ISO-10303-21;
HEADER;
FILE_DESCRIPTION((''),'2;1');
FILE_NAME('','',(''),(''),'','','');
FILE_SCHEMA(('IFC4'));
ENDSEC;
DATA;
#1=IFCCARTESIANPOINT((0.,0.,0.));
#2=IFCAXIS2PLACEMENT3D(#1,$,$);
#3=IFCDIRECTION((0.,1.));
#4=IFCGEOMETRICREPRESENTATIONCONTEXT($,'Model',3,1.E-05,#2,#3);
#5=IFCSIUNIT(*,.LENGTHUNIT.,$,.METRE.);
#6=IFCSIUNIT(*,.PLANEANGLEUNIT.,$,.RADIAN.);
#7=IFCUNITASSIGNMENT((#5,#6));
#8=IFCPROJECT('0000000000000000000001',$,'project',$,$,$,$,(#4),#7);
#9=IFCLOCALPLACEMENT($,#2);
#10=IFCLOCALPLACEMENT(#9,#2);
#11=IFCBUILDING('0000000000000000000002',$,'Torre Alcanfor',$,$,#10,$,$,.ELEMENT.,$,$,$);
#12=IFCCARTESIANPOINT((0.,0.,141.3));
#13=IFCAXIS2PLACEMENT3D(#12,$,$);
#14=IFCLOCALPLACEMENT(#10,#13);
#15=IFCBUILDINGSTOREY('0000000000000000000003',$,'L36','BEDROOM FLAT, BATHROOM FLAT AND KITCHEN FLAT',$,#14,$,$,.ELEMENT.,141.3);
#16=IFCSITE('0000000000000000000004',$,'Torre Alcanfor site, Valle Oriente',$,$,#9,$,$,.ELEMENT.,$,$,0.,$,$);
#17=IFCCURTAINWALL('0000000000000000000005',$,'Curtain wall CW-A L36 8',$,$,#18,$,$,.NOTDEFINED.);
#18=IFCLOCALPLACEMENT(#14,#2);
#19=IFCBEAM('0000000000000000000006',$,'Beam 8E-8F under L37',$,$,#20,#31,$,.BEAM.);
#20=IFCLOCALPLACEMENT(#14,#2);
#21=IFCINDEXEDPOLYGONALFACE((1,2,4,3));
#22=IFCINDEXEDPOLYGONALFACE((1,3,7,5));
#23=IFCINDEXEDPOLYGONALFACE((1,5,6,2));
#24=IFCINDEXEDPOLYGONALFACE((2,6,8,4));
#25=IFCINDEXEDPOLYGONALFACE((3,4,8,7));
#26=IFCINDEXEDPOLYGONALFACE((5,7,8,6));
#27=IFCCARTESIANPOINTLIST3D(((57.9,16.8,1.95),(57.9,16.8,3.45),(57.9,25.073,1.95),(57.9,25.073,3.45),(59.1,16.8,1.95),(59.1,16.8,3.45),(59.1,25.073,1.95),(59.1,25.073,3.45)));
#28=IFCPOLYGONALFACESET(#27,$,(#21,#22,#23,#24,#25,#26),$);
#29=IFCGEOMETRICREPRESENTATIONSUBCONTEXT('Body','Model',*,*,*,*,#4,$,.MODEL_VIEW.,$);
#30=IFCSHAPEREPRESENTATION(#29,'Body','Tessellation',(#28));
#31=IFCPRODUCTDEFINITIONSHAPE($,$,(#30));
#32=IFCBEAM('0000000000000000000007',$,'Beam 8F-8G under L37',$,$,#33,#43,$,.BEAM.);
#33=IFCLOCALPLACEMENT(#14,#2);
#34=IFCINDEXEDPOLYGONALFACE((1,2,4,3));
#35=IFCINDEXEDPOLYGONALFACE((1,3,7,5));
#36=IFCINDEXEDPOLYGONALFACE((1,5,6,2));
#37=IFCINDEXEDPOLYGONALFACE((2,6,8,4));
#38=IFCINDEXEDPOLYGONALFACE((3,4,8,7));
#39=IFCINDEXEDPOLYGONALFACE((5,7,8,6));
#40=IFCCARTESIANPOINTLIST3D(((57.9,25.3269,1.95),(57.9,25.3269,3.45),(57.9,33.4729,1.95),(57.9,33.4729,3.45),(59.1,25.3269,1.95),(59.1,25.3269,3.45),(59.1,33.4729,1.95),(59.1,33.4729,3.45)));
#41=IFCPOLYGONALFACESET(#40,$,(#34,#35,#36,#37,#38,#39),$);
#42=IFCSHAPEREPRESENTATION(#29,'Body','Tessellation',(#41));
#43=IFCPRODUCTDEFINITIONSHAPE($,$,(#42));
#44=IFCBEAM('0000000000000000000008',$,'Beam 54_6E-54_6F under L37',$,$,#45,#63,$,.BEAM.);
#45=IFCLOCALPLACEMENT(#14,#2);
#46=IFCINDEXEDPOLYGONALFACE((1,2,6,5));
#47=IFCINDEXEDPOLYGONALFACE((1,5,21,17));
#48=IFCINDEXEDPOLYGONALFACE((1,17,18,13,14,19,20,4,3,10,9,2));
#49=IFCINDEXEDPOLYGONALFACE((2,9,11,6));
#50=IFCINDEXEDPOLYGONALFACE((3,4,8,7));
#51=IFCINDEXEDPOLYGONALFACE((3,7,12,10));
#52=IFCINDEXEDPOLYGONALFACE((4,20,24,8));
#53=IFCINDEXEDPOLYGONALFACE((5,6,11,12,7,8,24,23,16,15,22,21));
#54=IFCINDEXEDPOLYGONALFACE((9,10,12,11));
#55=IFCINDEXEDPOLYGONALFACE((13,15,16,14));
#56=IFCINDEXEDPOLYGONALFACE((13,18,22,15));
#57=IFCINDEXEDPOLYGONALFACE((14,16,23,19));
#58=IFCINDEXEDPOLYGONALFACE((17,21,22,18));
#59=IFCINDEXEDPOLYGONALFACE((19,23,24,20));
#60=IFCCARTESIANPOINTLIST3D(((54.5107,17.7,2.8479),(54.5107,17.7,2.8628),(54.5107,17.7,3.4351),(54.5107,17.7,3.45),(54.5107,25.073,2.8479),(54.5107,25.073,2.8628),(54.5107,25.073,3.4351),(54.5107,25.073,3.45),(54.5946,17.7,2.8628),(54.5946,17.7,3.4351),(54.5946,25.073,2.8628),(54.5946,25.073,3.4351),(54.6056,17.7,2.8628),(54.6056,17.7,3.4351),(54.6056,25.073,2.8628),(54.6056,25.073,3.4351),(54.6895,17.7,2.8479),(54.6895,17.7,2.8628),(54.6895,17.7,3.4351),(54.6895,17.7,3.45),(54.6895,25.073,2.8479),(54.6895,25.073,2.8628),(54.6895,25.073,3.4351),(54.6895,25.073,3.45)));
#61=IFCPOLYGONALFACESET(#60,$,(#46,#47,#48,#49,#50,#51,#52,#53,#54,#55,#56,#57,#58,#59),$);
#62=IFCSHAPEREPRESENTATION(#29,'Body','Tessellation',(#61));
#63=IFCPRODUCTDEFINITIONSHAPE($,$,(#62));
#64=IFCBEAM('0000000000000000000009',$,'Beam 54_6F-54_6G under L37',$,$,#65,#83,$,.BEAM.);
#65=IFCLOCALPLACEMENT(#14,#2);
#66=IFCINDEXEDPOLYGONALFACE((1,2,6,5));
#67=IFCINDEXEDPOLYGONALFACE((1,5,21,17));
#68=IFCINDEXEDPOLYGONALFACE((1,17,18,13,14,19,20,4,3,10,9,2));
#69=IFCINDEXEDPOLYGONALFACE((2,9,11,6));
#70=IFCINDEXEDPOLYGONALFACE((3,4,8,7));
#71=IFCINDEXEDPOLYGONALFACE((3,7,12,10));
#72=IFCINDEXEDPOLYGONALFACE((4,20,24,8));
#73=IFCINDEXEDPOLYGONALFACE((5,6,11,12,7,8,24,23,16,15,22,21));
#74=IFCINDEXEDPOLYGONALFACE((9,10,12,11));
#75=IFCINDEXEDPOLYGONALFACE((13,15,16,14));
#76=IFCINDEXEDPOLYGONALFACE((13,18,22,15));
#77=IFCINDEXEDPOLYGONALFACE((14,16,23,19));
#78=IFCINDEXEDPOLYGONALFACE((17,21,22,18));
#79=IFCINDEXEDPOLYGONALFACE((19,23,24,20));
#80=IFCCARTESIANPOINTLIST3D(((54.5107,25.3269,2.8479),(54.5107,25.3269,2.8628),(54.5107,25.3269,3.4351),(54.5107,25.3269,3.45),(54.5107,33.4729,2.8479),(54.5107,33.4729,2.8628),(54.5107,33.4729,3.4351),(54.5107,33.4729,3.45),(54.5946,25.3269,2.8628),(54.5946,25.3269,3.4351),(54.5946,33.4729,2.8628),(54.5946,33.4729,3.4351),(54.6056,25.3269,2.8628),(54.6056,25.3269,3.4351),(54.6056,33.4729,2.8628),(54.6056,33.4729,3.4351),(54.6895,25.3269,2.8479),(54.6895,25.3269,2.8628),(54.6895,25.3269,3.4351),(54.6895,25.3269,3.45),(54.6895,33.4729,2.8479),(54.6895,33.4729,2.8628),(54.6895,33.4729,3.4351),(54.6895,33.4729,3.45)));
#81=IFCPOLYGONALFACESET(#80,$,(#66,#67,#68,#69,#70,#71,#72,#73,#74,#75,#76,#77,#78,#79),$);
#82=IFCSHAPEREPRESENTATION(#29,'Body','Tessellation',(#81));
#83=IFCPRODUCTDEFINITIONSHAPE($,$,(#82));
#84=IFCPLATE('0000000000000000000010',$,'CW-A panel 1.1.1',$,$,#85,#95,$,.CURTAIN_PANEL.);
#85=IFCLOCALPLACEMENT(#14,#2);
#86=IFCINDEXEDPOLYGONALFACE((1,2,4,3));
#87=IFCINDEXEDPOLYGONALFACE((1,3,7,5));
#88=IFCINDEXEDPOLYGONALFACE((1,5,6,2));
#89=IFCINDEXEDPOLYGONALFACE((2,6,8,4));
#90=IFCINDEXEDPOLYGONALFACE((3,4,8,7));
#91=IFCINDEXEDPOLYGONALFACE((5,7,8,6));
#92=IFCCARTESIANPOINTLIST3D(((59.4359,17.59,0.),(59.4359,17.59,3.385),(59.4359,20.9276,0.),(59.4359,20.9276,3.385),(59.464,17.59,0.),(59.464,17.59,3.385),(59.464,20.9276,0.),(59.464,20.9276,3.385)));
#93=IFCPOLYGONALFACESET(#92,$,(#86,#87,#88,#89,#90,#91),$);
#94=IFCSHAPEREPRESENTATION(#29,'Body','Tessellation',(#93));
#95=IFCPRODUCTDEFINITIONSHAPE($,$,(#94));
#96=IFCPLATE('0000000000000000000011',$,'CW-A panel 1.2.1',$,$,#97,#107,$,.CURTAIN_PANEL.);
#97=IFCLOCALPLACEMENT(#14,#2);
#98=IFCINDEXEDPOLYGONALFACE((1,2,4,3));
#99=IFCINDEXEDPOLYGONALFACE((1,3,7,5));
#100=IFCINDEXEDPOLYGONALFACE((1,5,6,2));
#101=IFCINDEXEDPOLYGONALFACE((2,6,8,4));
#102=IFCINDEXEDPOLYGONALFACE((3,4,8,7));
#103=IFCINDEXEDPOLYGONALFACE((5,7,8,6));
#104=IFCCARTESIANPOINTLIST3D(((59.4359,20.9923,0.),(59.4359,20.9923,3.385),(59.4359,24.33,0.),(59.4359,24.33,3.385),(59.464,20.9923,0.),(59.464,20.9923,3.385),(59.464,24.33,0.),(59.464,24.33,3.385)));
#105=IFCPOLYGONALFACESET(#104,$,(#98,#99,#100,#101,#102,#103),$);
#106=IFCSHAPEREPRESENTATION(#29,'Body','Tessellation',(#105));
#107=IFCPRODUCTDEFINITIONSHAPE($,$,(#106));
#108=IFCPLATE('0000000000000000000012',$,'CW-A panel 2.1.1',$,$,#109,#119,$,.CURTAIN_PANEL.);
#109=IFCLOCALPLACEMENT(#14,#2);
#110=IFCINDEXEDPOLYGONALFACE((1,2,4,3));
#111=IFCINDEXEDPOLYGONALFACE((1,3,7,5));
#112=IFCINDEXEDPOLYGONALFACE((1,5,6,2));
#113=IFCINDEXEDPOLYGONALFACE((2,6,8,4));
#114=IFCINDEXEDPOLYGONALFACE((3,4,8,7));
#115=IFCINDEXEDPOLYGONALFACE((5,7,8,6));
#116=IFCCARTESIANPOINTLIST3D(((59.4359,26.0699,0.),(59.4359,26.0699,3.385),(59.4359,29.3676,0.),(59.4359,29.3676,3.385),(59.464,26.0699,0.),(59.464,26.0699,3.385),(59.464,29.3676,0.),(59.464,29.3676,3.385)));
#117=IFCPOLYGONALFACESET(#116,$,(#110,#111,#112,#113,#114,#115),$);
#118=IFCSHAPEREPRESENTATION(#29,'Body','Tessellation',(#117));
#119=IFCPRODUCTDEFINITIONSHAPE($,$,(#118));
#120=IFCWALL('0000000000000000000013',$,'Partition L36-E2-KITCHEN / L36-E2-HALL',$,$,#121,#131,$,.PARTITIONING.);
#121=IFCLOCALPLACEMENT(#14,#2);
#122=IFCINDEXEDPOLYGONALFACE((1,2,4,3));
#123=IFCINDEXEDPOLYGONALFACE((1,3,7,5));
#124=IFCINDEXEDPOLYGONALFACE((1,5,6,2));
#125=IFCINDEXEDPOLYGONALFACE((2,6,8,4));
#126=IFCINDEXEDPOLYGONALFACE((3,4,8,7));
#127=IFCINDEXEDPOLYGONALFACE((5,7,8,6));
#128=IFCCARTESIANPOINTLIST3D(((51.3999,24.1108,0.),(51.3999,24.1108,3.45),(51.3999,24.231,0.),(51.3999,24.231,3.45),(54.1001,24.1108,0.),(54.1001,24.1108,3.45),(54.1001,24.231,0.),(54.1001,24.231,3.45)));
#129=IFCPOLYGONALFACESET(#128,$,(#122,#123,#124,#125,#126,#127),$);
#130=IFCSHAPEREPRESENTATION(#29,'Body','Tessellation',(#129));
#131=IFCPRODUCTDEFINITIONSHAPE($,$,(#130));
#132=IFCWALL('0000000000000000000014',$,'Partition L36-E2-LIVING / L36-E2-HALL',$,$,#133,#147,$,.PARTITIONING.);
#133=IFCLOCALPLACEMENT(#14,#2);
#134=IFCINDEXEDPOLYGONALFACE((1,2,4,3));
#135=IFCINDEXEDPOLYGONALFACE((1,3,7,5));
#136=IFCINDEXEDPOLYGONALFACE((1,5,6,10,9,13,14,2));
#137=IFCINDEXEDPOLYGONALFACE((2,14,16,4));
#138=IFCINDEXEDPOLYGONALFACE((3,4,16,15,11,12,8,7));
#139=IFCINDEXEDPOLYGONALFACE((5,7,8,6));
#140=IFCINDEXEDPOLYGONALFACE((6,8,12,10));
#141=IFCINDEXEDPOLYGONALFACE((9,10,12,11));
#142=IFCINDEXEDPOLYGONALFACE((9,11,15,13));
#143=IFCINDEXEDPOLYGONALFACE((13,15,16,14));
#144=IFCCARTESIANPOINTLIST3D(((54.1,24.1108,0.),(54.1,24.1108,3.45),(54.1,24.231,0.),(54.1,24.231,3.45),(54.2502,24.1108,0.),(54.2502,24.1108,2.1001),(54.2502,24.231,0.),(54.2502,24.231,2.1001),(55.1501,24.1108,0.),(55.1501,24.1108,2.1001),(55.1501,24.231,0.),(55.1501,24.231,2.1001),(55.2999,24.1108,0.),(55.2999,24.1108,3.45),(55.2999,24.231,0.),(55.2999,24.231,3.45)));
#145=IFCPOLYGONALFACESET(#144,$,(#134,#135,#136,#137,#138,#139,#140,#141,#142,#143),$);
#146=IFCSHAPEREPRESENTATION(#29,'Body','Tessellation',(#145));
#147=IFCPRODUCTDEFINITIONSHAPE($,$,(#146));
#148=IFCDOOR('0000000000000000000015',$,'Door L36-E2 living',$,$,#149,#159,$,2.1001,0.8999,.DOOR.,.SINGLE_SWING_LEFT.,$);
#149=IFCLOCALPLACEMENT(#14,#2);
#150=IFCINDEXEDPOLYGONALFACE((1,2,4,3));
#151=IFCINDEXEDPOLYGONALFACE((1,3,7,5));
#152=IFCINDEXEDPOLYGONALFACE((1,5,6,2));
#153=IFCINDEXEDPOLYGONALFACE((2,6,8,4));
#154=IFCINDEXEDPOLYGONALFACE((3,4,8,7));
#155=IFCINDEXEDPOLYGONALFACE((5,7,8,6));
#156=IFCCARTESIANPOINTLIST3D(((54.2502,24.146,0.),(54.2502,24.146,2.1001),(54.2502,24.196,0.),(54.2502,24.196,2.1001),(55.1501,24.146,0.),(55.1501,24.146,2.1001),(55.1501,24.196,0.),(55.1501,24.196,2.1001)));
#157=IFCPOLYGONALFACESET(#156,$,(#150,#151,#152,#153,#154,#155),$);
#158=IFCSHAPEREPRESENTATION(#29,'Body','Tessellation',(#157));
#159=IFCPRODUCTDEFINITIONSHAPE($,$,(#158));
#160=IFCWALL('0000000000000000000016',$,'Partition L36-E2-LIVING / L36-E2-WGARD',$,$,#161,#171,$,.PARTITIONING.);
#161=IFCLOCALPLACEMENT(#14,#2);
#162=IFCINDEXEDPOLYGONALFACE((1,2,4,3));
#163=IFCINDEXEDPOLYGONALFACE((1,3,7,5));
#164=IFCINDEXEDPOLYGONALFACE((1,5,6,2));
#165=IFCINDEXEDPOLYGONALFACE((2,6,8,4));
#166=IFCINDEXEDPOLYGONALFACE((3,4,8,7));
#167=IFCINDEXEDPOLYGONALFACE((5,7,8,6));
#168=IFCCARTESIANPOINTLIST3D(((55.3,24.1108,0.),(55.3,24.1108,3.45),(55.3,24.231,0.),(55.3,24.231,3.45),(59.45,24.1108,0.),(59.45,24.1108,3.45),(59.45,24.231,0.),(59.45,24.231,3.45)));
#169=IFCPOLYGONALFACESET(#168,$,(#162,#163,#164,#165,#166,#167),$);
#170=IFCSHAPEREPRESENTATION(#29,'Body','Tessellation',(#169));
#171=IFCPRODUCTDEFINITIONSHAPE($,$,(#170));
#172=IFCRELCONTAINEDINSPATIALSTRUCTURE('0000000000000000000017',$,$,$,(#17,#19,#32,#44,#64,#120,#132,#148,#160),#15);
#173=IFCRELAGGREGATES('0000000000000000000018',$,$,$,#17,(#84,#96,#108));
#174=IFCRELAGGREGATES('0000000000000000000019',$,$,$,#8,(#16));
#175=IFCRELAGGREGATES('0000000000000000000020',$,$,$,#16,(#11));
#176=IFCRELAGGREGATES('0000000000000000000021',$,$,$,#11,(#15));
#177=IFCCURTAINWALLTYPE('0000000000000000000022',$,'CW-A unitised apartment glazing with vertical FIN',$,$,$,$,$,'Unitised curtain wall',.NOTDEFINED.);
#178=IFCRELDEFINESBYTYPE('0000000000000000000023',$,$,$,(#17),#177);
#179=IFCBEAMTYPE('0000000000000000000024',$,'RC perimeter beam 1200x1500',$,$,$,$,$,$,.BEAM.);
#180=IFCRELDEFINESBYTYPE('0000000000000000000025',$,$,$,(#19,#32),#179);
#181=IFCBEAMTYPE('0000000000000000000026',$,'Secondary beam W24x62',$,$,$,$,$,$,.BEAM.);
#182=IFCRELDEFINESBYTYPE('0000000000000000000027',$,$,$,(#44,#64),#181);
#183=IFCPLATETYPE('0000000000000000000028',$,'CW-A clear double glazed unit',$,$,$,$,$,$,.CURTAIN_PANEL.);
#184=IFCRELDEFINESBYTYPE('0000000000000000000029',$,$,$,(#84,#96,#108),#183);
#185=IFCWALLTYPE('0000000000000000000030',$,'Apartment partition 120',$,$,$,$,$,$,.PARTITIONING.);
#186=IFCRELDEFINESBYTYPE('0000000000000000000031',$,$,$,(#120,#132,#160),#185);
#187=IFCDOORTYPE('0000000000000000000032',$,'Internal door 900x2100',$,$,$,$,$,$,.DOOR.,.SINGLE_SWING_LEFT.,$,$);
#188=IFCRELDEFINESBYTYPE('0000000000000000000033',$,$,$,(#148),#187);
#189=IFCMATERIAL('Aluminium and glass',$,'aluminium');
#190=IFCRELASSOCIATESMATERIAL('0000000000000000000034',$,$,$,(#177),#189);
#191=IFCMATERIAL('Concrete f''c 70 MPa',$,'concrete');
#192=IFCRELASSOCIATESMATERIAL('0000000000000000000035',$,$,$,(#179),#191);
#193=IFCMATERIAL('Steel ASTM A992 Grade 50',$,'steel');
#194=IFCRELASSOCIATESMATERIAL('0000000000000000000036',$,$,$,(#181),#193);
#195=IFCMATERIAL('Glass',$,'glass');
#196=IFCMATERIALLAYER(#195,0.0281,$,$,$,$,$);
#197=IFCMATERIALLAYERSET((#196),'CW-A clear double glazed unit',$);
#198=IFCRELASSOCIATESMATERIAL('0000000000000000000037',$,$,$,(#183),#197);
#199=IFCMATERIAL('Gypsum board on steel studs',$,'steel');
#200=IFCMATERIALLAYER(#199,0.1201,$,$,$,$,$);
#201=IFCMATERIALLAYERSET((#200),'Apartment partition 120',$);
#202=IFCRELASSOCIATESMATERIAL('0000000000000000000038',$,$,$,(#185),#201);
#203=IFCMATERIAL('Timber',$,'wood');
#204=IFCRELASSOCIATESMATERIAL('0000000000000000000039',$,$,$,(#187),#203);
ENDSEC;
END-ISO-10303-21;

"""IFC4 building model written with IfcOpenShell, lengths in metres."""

from ifc_helpers import new_model, si_unit, direction, frame, frame_2d, origin, origin_2d, place, context, subcontext, project, spatial, rectangle, i_section, extrude, material, layer, layer_set, material_profile, profile_set, type_object, element, fill, aggregate, save


model = new_model("IFC4")

# Units and contexts
model_context = context("Model", 3, precision=1e-05, world=origin(), true_north=direction((0.0, 1.0)))
body_context = subcontext(model_context, "Body", "Model", "MODEL_VIEW")
ifc_project = project(units=[si_unit("LENGTHUNIT", "METRE"), si_unit("PLANEANGLEUNIT", "RADIAN")], contexts=[model_context])

# Site, building, storey
site_placement = place(None, origin())
site = spatial("IfcSite", under=ifc_project, at=site_placement, Name="Torre Alcanfor site, Valle Oriente", CompositionType="ELEMENT", RefElevation=0.0)
building_placement = place(site_placement, origin())
building = spatial("IfcBuilding", under=site, at=building_placement, Name="Torre Alcanfor", CompositionType="ELEMENT")
storey_placement = place(building_placement, frame((0.0, 0.0, 141.3)))
storey = spatial("IfcBuildingStorey", under=building, at=storey_placement, Name="L36", Description="BEDROOM FLAT, BATHROOM FLAT AND KITCHEN FLAT", CompositionType="ELEMENT", Elevation=141.3)

# Curtain wall
ifc_material_1 = material(Name="Aluminium and glass", Category="aluminium")
curtain_wall_type = type_object("IfcCurtainWallType", Name="CW-A unitised apartment glazing with vertical FIN", ElementType="Unitised curtain wall", PredefinedType="NOTDEFINED", material=ifc_material_1)
curtain_wall_placement = place(storey_placement, origin())
curtain_wall = element("IfcCurtainWall", 1, at=curtain_wall_placement, inside=storey, type_object=curtain_wall_type, Name="Curtain wall CW-A L36 8", PredefinedType="NOTDEFINED")

# Beams
ifc_material_2 = material(Name="Concrete f'c 70 MPa", Category="concrete")
ifc_material_profile_1 = material_profile(ifc_material_2, rectangle(XDim=1.2, YDim=1.5, at=origin_2d()), Name="1200x1500")
ifc_profile_set_1 = profile_set([ifc_material_profile_1], Name="Concrete f'c 70 MPa")
beam_type_1 = type_object("IfcBeamType", Name="RC perimeter beam 1200x1500", PredefinedType="BEAM", material=ifc_profile_set_1)
beam_1_placement = place(storey_placement, frame((58.5, 16.8, 2.7), z_axis=(0.0, 1.0, 0.0), x_axis=(-1.0, 0.0, 0.0)))
element("IfcBeam", 2, at=beam_1_placement, inside=storey, type_object=beam_type_1, Name="Beam 8E-8F under L37", PredefinedType="BEAM", context=body_context, shape_type="SweptSolid", body=[
    extrude(rectangle(XDim=1.2, YDim=1.5, at=origin_2d()), origin(), (0.0, 0.0, 1.0), 8.2729),
])
beam_2_placement = place(storey_placement, frame((58.5, 25.3269, 2.7), z_axis=(0.0, 1.0, 0.0), x_axis=(-1.0, 0.0, 0.0)))
element("IfcBeam", 3, at=beam_2_placement, inside=storey, type_object=beam_type_1, Name="Beam 8F-8G under L37", PredefinedType="BEAM", context=body_context, shape_type="SweptSolid", body=[
    extrude(rectangle(XDim=1.2, YDim=1.5, at=origin_2d()), origin(), (0.0, 0.0, 1.0), 8.146),
])
ifc_material_3 = material(Name="Steel ASTM A992 Grade 50", Category="steel")
ifc_material_profile_2 = material_profile(ifc_material_3, i_section(OverallWidth=0.1787, OverallDepth=0.6021, WebThickness=0.011, FlangeThickness=0.0149, at=origin_2d()), Name="W24x62")
ifc_profile_set_2 = profile_set([ifc_material_profile_2], Name="Steel ASTM A992 Grade 50")
beam_type_2 = type_object("IfcBeamType", Name="Secondary beam W24x62", PredefinedType="BEAM", material=ifc_profile_set_2)
beam_3_placement = place(storey_placement, frame((54.6001, 17.7, 3.1489), z_axis=(0.0, 1.0, 0.0), x_axis=(-1.0, 0.0, 0.0)))
element("IfcBeam", 4, at=beam_3_placement, inside=storey, type_object=beam_type_2, Name="Beam 54_6E-54_6F under L37", PredefinedType="BEAM", context=body_context, shape_type="SweptSolid", body=[
    extrude(i_section(OverallWidth=0.1787, OverallDepth=0.6021, WebThickness=0.011, FlangeThickness=0.0149, at=origin_2d()), origin(), (0.0, 0.0, 1.0), 7.373),
])
beam_4_placement = place(storey_placement, frame((54.6001, 25.3269, 3.1489), z_axis=(0.0, 1.0, 0.0), x_axis=(-1.0, 0.0, 0.0)))
element("IfcBeam", 5, at=beam_4_placement, inside=storey, type_object=beam_type_2, Name="Beam 54_6F-54_6G under L37", PredefinedType="BEAM", context=body_context, shape_type="SweptSolid", body=[
    extrude(i_section(OverallWidth=0.1787, OverallDepth=0.6021, WebThickness=0.011, FlangeThickness=0.0149, at=origin_2d()), origin(), (0.0, 0.0, 1.0), 8.146),
])

# Plates
ifc_material_4 = material(Name="Glass", Category="glass")
ifc_layer_1 = layer(ifc_material_4, 0.0281)
ifc_layer_set_1 = layer_set([ifc_layer_1], Name="CW-A clear double glazed unit")
plate_type = type_object("IfcPlateType", Name="CW-A clear double glazed unit", PredefinedType="CURTAIN_PANEL", material=ifc_layer_set_1)
plate_1_placement = place(storey_placement, frame((59.45, 19.2588, 0.0), z_axis=(0.0, 0.0, 1.0), x_axis=(0.0, 1.0, 0.0)))
plate_1 = element("IfcPlate", 6, at=plate_1_placement, type_object=plate_type, Name="CW-A panel 1.1.1", PredefinedType="CURTAIN_PANEL", context=body_context, shape_type="SweptSolid", body=[
    extrude(rectangle(XDim=3.3376, YDim=0.0281, at=origin_2d()), origin(), (0.0, 0.0, 1.0), 3.385),
])
plate_2_placement = place(storey_placement, frame((59.45, 22.6611, 0.0), z_axis=(0.0, 0.0, 1.0), x_axis=(0.0, 1.0, 0.0)))
plate_2 = element("IfcPlate", 7, at=plate_2_placement, type_object=plate_type, Name="CW-A panel 1.2.1", PredefinedType="CURTAIN_PANEL", context=body_context, shape_type="SweptSolid", body=[
    extrude(rectangle(XDim=3.3376, YDim=0.0281, at=origin_2d()), origin(), (0.0, 0.0, 1.0), 3.385),
])
plate_3_placement = place(storey_placement, frame((59.45, 27.7188, 0.0), z_axis=(0.0, 0.0, 1.0), x_axis=(0.0, 1.0, 0.0)))
plate_3 = element("IfcPlate", 8, at=plate_3_placement, type_object=plate_type, Name="CW-A panel 2.1.1", PredefinedType="CURTAIN_PANEL", context=body_context, shape_type="SweptSolid", body=[
    extrude(rectangle(XDim=3.2976, YDim=0.0281, at=origin_2d()), origin(), (0.0, 0.0, 1.0), 3.385),
])
aggregate(curtain_wall, [plate_1, plate_2, plate_3])

# Wall
ifc_material_5 = material(Name="Gypsum board on steel studs", Category="steel")
ifc_layer_2 = layer(ifc_material_5, 0.1201)
ifc_layer_set_2 = layer_set([ifc_layer_2], Name="Apartment partition 120")
wall_type_1 = type_object("IfcWallType", Name="Apartment partition 120", PredefinedType="PARTITIONING", material=ifc_layer_set_2)
wall_1_placement = place(storey_placement, frame((54.1001, 24.1709, 0.0), z_axis=(0.0, 0.0, 1.0), x_axis=(-1.0, 0.0, 0.0)))
element("IfcWall", 9, at=wall_1_placement, inside=storey, type_object=wall_type_1, Name="Partition L36-E2-KITCHEN / L36-E2-HALL", PredefinedType="PARTITIONING", context=body_context, shape_type="SweptSolid", body=[
    extrude(rectangle(XDim=2.7002, YDim=0.1201, at=frame_2d((1.3501, 0.0))), origin(), (0.0, 0.0, 1.0), 3.45),
])

# Wall, opening, door
wall_2_placement = place(storey_placement, frame((55.3, 24.1709, 0.0), z_axis=(0.0, 0.0, 1.0), x_axis=(-1.0, 0.0, 0.0)))
wall_2 = element("IfcWall", 10, at=wall_2_placement, inside=storey, type_object=wall_type_1, Name="Partition L36-E2-LIVING / L36-E2-HALL", PredefinedType="PARTITIONING", context=body_context, shape_type="SweptSolid", body=[
    extrude(rectangle(XDim=1.2, YDim=0.1201, at=frame_2d((0.6001, 0.0))), origin(), (0.0, 0.0, 1.0), 3.45),
])
opening_1_placement = place(wall_2_placement, frame((0.1499, 0.0, 0.0)))
opening_1 = element("IfcOpeningElement", 11, at=opening_1_placement, cuts=wall_2, PredefinedType="OPENING", context=body_context, shape_type="SweptSolid", body=[
    extrude(rectangle(XDim=0.8999, YDim=2.1001, at=frame_2d((0.45, 1.05))), frame((0.0, 0.0701, 0.0), z_axis=(0.0, -1.0, 0.0), x_axis=(1.0, 0.0, 0.0)), (0.0, 0.0, 1.0), 0.1401),
])
ifc_material_6 = material(Name="Timber", Category="wood")
door_type = type_object("IfcDoorType", Name="Internal door 900x2100", OperationType="SINGLE_SWING_LEFT", PredefinedType="DOOR", material=ifc_material_6)
door_1_placement = place(opening_1_placement, frame((0.8999, 0.0, 0.0), z_axis=(0.0, 0.0, 1.0), x_axis=(-1.0, 0.0, 0.0)))
door_1 = element("IfcDoor", 12, at=door_1_placement, inside=storey, type_object=door_type, Name="Door L36-E2 living", OperationType="SINGLE_SWING_LEFT", OverallHeight=2.1001, OverallWidth=0.8999, PredefinedType="DOOR", context=body_context, shape_type="SweptSolid", body=[
    extrude(rectangle(XDim=0.8999, YDim=2.1001, at=frame_2d((0.45, 1.05))), frame((0.0, 0.0251, 0.0), z_axis=(0.0, -1.0, 0.0), x_axis=(1.0, 0.0, 0.0)), (0.0, 0.0, 1.0), 0.05),
])
fill(opening_1, door_1)

# Wall
wall_3_placement = place(storey_placement, frame((59.45, 24.1709, 0.0), z_axis=(0.0, 0.0, 1.0), x_axis=(-1.0, 0.0, 0.0)))
element("IfcWall", 13, at=wall_3_placement, inside=storey, type_object=wall_type_1, Name="Partition L36-E2-LIVING / L36-E2-WGARD", PredefinedType="PARTITIONING", context=body_context, shape_type="SweptSolid", body=[
    extrude(rectangle(XDim=4.1499, YDim=0.1201, at=frame_2d((2.075, 0.0))), origin(), (0.0, 0.0, 1.0), 3.45),
])

save(model, "model.ifc")
